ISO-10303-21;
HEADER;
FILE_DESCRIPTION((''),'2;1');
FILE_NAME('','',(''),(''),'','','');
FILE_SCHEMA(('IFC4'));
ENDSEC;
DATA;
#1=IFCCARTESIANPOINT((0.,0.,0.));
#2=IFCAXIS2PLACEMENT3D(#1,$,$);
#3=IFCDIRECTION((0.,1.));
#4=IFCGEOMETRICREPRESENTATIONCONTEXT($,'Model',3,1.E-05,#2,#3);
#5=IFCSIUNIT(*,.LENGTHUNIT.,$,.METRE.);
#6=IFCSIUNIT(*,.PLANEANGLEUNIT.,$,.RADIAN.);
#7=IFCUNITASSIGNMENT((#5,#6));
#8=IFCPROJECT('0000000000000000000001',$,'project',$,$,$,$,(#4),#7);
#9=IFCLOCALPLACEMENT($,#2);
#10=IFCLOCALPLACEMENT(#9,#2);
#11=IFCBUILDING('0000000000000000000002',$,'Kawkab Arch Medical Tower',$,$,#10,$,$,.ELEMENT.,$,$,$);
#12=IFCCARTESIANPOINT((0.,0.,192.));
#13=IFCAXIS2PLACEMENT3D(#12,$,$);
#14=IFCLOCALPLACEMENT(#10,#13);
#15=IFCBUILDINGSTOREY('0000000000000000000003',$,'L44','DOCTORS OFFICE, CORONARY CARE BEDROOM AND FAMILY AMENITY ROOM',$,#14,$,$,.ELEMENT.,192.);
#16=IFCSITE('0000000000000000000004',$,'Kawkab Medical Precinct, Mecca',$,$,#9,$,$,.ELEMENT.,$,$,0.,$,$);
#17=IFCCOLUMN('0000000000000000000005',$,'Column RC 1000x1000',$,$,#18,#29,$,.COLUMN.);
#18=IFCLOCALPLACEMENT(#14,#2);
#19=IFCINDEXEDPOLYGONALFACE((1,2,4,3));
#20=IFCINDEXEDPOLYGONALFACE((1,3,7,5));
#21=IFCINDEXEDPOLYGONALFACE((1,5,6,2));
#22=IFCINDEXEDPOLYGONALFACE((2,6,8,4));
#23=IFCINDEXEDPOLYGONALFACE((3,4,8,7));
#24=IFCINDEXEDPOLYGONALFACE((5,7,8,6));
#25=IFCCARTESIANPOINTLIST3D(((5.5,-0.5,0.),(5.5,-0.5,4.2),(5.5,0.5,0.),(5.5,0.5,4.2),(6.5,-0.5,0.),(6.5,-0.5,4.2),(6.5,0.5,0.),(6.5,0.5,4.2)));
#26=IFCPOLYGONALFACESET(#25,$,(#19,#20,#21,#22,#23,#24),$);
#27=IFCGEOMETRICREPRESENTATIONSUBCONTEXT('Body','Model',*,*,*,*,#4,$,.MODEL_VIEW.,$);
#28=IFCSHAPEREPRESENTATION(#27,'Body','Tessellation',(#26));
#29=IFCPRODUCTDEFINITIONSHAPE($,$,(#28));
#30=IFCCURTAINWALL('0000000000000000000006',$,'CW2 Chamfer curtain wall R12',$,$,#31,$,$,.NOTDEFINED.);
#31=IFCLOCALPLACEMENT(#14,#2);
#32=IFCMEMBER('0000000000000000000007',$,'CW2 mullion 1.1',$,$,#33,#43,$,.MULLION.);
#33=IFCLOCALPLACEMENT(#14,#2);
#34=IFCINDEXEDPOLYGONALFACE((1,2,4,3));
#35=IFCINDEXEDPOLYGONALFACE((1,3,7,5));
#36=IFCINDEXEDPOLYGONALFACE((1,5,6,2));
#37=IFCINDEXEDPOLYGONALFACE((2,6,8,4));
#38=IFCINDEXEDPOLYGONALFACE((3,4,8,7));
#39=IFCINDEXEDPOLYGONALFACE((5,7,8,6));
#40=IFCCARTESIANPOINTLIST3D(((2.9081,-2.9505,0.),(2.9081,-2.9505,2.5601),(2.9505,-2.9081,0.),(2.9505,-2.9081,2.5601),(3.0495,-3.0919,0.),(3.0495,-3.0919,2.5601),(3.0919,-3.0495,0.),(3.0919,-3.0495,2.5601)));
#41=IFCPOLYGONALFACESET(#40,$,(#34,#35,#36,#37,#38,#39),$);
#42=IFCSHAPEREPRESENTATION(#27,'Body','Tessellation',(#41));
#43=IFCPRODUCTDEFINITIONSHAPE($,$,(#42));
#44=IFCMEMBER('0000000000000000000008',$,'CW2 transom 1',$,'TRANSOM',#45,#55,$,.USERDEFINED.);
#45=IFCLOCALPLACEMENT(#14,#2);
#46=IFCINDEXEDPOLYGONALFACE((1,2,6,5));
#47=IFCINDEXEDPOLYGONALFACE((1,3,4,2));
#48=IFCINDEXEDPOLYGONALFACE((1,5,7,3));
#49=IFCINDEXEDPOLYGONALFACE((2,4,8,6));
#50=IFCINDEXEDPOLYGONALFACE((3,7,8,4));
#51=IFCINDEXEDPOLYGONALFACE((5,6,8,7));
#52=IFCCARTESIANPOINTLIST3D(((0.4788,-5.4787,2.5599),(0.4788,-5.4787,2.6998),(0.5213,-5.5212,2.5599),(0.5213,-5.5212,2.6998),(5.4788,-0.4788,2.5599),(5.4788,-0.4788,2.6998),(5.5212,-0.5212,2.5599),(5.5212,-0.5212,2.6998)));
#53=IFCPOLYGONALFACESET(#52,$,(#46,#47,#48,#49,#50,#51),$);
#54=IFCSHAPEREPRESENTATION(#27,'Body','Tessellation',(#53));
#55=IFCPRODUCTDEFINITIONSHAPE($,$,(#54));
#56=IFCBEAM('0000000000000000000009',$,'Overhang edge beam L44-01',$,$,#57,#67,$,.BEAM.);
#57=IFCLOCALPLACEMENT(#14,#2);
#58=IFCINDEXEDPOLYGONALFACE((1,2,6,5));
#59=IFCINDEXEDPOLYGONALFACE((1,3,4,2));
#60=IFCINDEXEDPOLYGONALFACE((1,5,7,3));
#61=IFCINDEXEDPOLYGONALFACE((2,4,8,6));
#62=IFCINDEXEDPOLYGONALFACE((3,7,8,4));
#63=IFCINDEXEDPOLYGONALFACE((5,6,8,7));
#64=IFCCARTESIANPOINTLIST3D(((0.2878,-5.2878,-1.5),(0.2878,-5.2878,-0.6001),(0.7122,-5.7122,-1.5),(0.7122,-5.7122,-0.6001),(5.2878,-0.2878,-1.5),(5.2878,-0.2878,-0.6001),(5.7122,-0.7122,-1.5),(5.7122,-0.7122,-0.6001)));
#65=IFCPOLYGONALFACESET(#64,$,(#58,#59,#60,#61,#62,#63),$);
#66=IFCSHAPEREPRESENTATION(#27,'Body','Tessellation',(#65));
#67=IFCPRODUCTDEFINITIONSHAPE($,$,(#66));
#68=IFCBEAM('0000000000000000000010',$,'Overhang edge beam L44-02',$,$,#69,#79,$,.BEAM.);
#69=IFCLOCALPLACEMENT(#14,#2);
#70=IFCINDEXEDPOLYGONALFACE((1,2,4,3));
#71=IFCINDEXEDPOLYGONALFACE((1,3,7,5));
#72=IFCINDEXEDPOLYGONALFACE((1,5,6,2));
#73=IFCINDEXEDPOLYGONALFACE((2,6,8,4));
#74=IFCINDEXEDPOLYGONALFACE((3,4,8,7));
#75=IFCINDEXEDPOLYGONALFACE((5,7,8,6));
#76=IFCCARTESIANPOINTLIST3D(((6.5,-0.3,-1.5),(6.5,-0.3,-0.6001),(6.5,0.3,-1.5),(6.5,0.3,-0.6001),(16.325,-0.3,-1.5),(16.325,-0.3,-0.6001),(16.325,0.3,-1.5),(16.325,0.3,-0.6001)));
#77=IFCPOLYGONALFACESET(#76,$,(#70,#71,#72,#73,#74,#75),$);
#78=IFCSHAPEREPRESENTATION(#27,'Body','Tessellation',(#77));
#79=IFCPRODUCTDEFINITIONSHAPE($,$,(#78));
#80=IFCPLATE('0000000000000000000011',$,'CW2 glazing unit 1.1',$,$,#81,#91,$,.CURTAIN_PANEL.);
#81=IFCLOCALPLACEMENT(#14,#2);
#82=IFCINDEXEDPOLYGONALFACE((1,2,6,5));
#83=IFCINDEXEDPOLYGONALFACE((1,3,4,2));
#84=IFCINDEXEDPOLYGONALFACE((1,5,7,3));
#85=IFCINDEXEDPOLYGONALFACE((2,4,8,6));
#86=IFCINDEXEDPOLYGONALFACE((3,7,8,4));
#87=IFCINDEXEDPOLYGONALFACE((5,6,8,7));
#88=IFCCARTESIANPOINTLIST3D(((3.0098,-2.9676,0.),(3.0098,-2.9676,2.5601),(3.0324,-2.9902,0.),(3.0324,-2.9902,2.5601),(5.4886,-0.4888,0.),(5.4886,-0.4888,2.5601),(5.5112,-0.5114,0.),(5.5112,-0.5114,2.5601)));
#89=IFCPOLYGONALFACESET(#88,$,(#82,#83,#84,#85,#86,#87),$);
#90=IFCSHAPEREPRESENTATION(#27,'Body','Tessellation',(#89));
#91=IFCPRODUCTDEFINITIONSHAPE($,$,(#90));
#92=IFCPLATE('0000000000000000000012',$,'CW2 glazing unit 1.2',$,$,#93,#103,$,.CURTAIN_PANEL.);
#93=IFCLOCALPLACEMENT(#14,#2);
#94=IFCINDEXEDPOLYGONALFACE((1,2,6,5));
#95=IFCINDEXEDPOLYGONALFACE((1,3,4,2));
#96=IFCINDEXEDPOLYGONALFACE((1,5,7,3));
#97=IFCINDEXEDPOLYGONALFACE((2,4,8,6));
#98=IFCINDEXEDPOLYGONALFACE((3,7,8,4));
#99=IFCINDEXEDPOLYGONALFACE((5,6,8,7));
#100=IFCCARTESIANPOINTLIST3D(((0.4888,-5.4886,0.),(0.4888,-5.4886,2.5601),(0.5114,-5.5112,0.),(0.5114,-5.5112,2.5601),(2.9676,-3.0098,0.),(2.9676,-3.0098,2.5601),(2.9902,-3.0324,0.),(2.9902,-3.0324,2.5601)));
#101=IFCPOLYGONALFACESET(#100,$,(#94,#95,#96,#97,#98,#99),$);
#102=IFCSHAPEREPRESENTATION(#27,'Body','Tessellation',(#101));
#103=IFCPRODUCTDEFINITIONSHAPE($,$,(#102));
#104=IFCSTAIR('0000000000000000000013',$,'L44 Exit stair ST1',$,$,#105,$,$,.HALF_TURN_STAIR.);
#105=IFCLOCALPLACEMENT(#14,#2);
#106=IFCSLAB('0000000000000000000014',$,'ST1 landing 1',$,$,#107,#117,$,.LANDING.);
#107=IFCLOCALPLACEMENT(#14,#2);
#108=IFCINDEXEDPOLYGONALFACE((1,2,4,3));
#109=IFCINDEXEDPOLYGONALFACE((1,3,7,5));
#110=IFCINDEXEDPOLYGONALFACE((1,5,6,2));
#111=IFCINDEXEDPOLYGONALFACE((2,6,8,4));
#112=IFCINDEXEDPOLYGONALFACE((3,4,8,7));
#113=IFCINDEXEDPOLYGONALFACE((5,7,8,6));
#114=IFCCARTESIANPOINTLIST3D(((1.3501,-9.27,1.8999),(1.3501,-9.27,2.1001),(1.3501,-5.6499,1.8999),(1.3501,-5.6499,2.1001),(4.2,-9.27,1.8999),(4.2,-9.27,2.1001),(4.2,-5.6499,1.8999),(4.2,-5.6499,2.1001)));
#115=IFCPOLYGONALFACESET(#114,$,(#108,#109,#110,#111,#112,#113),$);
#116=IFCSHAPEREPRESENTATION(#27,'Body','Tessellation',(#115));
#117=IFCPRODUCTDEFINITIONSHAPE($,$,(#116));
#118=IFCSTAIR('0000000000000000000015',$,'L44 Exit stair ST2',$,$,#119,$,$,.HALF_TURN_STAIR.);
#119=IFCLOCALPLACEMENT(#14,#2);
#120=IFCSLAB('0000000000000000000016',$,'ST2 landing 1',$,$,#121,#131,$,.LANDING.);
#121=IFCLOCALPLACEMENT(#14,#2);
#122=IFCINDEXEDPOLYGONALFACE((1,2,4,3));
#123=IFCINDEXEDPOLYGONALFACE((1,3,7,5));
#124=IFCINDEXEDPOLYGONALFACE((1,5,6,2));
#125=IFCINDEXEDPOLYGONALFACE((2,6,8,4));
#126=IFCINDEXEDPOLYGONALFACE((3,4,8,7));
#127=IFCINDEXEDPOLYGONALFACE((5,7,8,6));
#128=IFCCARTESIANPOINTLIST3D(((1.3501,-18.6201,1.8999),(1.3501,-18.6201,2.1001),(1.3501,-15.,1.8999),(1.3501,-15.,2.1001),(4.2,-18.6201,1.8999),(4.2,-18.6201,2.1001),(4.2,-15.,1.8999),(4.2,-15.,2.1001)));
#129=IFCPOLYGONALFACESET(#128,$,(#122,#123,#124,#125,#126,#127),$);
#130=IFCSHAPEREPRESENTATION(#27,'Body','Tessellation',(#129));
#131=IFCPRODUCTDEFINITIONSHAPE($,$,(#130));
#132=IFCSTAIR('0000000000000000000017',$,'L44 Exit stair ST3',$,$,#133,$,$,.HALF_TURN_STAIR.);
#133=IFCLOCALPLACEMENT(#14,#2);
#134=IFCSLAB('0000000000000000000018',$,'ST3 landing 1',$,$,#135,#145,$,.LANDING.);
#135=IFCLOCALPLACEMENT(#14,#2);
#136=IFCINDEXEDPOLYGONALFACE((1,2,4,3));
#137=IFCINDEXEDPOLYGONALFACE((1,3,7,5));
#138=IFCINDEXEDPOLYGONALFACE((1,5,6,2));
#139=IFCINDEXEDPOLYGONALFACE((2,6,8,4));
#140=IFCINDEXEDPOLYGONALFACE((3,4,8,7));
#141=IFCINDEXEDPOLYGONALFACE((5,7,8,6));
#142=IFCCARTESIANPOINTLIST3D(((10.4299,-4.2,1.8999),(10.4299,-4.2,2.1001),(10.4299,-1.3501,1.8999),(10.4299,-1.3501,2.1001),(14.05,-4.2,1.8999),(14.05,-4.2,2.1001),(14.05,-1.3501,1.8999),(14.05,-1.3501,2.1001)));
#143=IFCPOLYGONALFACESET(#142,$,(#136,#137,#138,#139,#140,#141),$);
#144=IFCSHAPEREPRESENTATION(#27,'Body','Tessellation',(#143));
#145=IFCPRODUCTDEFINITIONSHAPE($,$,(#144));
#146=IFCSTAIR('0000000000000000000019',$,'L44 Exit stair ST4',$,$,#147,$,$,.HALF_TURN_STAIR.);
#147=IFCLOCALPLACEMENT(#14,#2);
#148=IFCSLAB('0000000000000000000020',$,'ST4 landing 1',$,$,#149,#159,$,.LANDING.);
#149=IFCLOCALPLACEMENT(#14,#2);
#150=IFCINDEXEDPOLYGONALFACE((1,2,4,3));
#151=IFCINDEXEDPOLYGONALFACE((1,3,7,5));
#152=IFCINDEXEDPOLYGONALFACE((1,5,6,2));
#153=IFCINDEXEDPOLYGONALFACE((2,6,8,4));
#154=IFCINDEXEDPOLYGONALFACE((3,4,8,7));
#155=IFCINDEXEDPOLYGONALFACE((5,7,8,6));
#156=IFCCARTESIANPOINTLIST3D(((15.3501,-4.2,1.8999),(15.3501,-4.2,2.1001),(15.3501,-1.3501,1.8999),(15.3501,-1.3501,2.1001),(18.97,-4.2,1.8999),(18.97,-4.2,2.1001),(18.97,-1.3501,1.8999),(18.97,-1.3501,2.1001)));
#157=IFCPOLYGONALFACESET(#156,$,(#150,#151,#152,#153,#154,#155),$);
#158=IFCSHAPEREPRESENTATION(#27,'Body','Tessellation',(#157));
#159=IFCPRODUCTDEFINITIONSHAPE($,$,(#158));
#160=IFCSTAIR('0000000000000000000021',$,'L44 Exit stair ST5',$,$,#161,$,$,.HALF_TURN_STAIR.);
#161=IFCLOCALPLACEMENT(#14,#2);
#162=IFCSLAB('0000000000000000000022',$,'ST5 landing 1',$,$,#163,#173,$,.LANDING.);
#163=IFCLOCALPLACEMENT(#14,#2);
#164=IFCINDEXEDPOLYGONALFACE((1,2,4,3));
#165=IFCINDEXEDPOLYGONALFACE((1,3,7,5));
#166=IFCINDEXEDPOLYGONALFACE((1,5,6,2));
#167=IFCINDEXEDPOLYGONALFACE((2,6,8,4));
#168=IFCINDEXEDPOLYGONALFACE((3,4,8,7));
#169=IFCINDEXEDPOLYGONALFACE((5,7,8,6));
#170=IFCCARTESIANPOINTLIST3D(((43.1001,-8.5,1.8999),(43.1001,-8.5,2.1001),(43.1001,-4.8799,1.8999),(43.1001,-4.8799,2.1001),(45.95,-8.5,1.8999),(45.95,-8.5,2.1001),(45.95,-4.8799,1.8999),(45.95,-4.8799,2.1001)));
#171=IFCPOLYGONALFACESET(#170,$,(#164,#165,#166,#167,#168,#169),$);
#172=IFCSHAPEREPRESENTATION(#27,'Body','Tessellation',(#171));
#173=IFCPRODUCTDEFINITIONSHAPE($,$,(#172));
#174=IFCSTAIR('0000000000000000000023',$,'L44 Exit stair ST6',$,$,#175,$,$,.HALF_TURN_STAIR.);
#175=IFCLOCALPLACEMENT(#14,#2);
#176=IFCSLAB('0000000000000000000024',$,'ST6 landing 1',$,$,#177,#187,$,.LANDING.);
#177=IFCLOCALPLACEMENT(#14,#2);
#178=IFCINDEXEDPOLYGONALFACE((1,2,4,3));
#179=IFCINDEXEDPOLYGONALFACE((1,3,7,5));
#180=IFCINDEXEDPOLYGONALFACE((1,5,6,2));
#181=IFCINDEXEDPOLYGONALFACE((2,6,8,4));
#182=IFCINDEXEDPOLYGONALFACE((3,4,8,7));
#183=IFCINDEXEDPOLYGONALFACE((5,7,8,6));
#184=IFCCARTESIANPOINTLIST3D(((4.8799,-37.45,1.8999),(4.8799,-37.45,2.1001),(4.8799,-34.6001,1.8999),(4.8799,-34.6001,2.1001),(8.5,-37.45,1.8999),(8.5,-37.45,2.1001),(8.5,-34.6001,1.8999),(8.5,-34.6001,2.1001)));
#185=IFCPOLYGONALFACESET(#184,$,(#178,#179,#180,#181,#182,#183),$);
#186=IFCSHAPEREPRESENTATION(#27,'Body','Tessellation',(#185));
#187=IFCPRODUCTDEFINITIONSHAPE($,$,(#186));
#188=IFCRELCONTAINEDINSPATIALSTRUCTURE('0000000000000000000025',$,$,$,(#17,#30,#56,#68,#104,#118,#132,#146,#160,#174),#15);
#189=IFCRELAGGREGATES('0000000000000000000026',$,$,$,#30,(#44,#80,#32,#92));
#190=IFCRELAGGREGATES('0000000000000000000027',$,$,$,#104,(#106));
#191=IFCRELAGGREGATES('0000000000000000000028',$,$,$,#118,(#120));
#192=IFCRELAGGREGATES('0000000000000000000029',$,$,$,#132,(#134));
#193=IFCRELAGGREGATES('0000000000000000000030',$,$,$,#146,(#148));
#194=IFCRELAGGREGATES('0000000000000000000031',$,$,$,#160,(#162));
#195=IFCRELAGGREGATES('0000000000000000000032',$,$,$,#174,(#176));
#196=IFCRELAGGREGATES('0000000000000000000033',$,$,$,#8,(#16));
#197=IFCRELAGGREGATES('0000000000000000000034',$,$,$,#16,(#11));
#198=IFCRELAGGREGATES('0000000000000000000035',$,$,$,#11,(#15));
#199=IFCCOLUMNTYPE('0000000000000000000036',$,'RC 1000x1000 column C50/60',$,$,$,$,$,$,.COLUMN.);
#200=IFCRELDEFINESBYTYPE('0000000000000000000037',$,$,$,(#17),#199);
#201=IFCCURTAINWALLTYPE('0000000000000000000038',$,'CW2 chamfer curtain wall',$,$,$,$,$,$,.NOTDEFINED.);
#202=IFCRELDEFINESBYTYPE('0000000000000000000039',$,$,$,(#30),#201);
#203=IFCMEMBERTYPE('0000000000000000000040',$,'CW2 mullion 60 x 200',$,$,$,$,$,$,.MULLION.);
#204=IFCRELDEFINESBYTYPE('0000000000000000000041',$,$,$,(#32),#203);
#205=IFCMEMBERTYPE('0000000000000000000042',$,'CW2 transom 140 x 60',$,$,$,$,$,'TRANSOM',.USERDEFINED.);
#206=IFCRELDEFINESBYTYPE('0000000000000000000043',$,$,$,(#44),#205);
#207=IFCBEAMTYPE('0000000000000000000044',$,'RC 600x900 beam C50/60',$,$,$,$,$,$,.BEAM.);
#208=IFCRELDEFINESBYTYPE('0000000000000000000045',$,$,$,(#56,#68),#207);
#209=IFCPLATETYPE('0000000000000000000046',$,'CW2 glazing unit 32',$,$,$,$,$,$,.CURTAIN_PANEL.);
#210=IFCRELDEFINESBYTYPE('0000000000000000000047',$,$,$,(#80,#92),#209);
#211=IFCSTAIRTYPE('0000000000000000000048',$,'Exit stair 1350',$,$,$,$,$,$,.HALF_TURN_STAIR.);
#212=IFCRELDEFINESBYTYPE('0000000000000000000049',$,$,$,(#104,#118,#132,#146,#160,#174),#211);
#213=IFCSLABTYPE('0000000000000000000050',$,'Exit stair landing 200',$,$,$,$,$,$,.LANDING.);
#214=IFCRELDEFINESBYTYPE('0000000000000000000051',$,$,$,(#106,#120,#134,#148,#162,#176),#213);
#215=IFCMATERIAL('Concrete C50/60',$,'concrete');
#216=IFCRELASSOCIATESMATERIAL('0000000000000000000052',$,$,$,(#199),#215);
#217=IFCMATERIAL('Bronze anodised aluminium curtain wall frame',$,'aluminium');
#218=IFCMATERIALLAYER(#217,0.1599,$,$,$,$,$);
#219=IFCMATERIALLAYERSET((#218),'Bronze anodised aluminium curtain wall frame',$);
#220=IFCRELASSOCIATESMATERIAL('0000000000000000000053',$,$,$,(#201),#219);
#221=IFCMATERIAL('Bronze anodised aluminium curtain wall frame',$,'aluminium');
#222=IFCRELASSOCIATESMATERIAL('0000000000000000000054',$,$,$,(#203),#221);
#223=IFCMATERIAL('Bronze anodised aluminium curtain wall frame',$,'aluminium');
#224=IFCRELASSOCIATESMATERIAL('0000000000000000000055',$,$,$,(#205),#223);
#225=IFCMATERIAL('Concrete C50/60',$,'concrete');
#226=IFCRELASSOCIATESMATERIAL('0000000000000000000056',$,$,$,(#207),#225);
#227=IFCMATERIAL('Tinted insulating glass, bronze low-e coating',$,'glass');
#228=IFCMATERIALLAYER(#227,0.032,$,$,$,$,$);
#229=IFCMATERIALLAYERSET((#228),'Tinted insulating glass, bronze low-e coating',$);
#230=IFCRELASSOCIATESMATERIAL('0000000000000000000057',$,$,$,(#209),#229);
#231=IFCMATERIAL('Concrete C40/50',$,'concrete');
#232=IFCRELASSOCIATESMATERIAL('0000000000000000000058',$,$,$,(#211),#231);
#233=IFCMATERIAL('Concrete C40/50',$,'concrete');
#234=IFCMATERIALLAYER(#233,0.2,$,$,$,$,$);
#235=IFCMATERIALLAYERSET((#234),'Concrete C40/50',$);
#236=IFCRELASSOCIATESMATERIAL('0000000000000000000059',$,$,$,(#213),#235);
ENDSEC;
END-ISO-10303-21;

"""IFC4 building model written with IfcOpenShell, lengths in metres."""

from ifc_helpers import new_model, si_unit, direction, frame, origin, origin_2d, place, context, subcontext, project, spatial, polyline, rectangle, outline, extrude, material, layer, layer_set, material_profile, profile_set, type_object, element, aggregate, save


model = new_model("IFC4")

# Units and contexts
model_context = context("Model", 3, precision=1e-05, world=origin(), true_north=direction((0.0, 1.0)))
body_context = subcontext(model_context, "Body", "Model", "MODEL_VIEW")
ifc_project = project(units=[si_unit("LENGTHUNIT", "METRE"), si_unit("PLANEANGLEUNIT", "RADIAN")], contexts=[model_context])

# Site, building, storey
site_placement = place(None, origin())
site = spatial("IfcSite", under=ifc_project, at=site_placement, Name="Kawkab Medical Precinct, Mecca", CompositionType="ELEMENT", RefElevation=0.0)
building_placement = place(site_placement, origin())
building = spatial("IfcBuilding", under=site, at=building_placement, Name="Kawkab Arch Medical Tower", CompositionType="ELEMENT")
storey_placement = place(building_placement, frame((0.0, 0.0, 192.0)))
storey = spatial("IfcBuildingStorey", under=building, at=storey_placement, Name="L44", Description="DOCTORS OFFICE, CORONARY CARE BEDROOM AND FAMILY AMENITY ROOM", CompositionType="ELEMENT", Elevation=192.0)

# Column
ifc_material_1 = material(Name="Concrete C50/60", Category="concrete")
ifc_material_profile_1 = material_profile(ifc_material_1, rectangle(XDim=1.0, YDim=1.0, at=origin_2d()), Name="RC 1000x1000")
ifc_profile_set_1 = profile_set([ifc_material_profile_1], Name="Concrete C50/60")
column_type = type_object("IfcColumnType", Name="RC 1000x1000 column C50/60", PredefinedType="COLUMN", material=ifc_profile_set_1)
column_placement = place(storey_placement, frame((6.0, 0.0, 0.0), z_axis=(0.0, 0.0, 1.0), x_axis=(1.0, 0.0, 0.0)))
element("IfcColumn", 1, at=column_placement, inside=storey, type_object=column_type, Name="Column RC 1000x1000", PredefinedType="COLUMN", context=body_context, shape_type="SweptSolid", body=[
    extrude(rectangle(XDim=1.0, YDim=1.0, at=origin_2d()), origin(), (0.0, 0.0, 1.0), 4.2),
])

# Curtain wall, members
ifc_material_2 = material(Name="Bronze anodised aluminium curtain wall frame", Category="aluminium")
ifc_layer_1 = layer(ifc_material_2, 0.1599)
ifc_layer_set_1 = layer_set([ifc_layer_1], Name="Bronze anodised aluminium curtain wall frame")
curtain_wall_type = type_object("IfcCurtainWallType", Name="CW2 chamfer curtain wall", PredefinedType="NOTDEFINED", material=ifc_layer_set_1)
placement_1 = place(storey_placement, origin())
curtain_wall = element("IfcCurtainWall", 2, at=placement_1, inside=storey, type_object=curtain_wall_type, Name="CW2 Chamfer curtain wall R12", PredefinedType="NOTDEFINED")
ifc_material_3 = material(Name="Bronze anodised aluminium curtain wall frame", Category="aluminium")
ifc_material_profile_2 = material_profile(ifc_material_3, rectangle(XDim=0.2, YDim=0.0601, at=origin_2d()), Name="AL 60x200")
ifc_profile_set_2 = profile_set([ifc_material_profile_2], Name="Bronze anodised aluminium curtain wall frame")
member_type_1 = type_object("IfcMemberType", Name="CW2 mullion 60 x 200", PredefinedType="MULLION", material=ifc_profile_set_2)
member_1_placement = place(storey_placement, frame((3.0, -3.0, 0.0), z_axis=(0.0, 0.0, 1.0), x_axis=(0.707107, -0.707107, 0.0)))
member_1 = element("IfcMember", 3, at=member_1_placement, type_object=member_type_1, Name="CW2 mullion 1.1", PredefinedType="MULLION", context=body_context, shape_type="SweptSolid", body=[
    extrude(rectangle(XDim=0.2, YDim=0.0601, at=origin_2d()), origin(), (0.0, 0.0, 1.0), 2.5601),
])
ifc_material_4 = material(Name="Bronze anodised aluminium curtain wall frame", Category="aluminium")
ifc_material_profile_3 = material_profile(ifc_material_4, rectangle(XDim=0.0601, YDim=0.1399, at=origin_2d()), Name="AL 60x140")
ifc_profile_set_3 = profile_set([ifc_material_profile_3], Name="Bronze anodised aluminium curtain wall frame")
member_type_2 = type_object("IfcMemberType", Name="CW2 transom 140 x 60", ElementType="TRANSOM", PredefinedType="USERDEFINED", material=ifc_profile_set_3)
member_2_placement = place(storey_placement, frame((5.5, -0.5, 2.6299), z_axis=(-0.707107, -0.707107, 0.0), x_axis=(0.707107, -0.707107, 0.0)))
member_2 = element("IfcMember", 4, at=member_2_placement, type_object=member_type_2, Name="CW2 transom 1", ObjectType="TRANSOM", PredefinedType="USERDEFINED", context=body_context, shape_type="SweptSolid", body=[
    extrude(rectangle(XDim=0.0601, YDim=0.1399, at=origin_2d()), origin(), (0.0, 0.0, 1.0), 7.071),
])

# Beams
ifc_material_5 = material(Name="Concrete C50/60", Category="concrete")
ifc_material_profile_4 = material_profile(ifc_material_5, rectangle(XDim=0.6001, YDim=0.8999, at=origin_2d()), Name="RC 600x900")
ifc_profile_set_4 = profile_set([ifc_material_profile_4], Name="Concrete C50/60")
beam_type = type_object("IfcBeamType", Name="RC 600x900 beam C50/60", PredefinedType="BEAM", material=ifc_profile_set_4)
beam_1_placement = place(storey_placement, frame((0.5, -5.5, -1.05), z_axis=(0.707107, 0.707107, 0.0), x_axis=(-0.707107, 0.707107, 0.0)))
element("IfcBeam", 5, at=beam_1_placement, inside=storey, type_object=beam_type, Name="Overhang edge beam L44-01", PredefinedType="BEAM", context=body_context, shape_type="SweptSolid", body=[
    extrude(rectangle(XDim=0.6001, YDim=0.8999, at=origin_2d()), origin(), (0.0, 0.0, 1.0), 7.071),
])
beam_2_placement = place(storey_placement, frame((6.5, 0.0, -1.05), z_axis=(1.0, 0.0, 0.0), x_axis=(0.0, 1.0, 0.0)))
element("IfcBeam", 6, at=beam_2_placement, inside=storey, type_object=beam_type, Name="Overhang edge beam L44-02", PredefinedType="BEAM", context=body_context, shape_type="SweptSolid", body=[
    extrude(rectangle(XDim=0.6001, YDim=0.8999, at=origin_2d()), origin(), (0.0, 0.0, 1.0), 9.825),
])

# Plates
ifc_material_6 = material(Name="Tinted insulating glass, bronze low-e coating", Category="glass")
ifc_layer_2 = layer(ifc_material_6, 0.032)
ifc_layer_set_2 = layer_set([ifc_layer_2], Name="Tinted insulating glass, bronze low-e coating")
plate_type = type_object("IfcPlateType", Name="CW2 glazing unit 32", PredefinedType="CURTAIN_PANEL", material=ifc_layer_set_2)
plate_1_placement = place(storey_placement, frame((4.2605, -1.7395, 0.0), z_axis=(0.0, 0.0, 1.0), x_axis=(-0.707107, -0.707107, 0.0)))
plate_1 = element("IfcPlate", 7, at=plate_1_placement, type_object=plate_type, Name="CW2 glazing unit 1.1", PredefinedType="CURTAIN_PANEL", context=body_context, shape_type="SweptSolid", body=[
    extrude(rectangle(XDim=3.5056, YDim=0.032, at=origin_2d()), origin(), (0.0, 0.0, 1.0), 2.5601),
])
plate_2_placement = place(storey_placement, frame((1.7395, -4.2605, 0.0), z_axis=(0.0, 0.0, 1.0), x_axis=(-0.707107, -0.707107, 0.0)))
plate_2 = element("IfcPlate", 8, at=plate_2_placement, type_object=plate_type, Name="CW2 glazing unit 1.2", PredefinedType="CURTAIN_PANEL", context=body_context, shape_type="SweptSolid", body=[
    extrude(rectangle(XDim=3.5056, YDim=0.032, at=origin_2d()), origin(), (0.0, 0.0, 1.0), 2.5601),
])
aggregate(curtain_wall, [member_2, plate_1, member_1, plate_2])

# Stairs, slabs
ifc_material_7 = material(Name="Concrete C40/50", Category="concrete")
stair_type = type_object("IfcStairType", Name="Exit stair 1350", PredefinedType="HALF_TURN_STAIR", material=ifc_material_7)
stair_1 = element("IfcStair", 9, at=placement_1, inside=storey, type_object=stair_type, Name="L44 Exit stair ST1", PredefinedType="HALF_TURN_STAIR")
ifc_material_8 = material(Name="Concrete C40/50", Category="concrete")
ifc_layer_3 = layer(ifc_material_8, 0.2)
ifc_layer_set_3 = layer_set([ifc_layer_3], Name="Concrete C40/50")
slab_type_1 = type_object("IfcSlabType", Name="Exit stair landing 200", PredefinedType="LANDING", material=ifc_layer_set_3)
placement_2 = place(storey_placement, frame((0.0, 0.0, 1.8999)))
slab_1 = element("IfcSlab", 10, at=placement_2, type_object=slab_type_1, Name="ST1 landing 1", PredefinedType="LANDING", context=body_context, shape_type="SweptSolid", body=[
    extrude(outline(polyline([(4.2, -9.27), (4.2, -5.6499), (1.3501, -5.6499), (1.3501, -9.27), (4.2, -9.27)])), origin(), (0.0, 0.0, 1.0), 0.2002),
])
aggregate(stair_1, [slab_1])
stair_2 = element("IfcStair", 11, at=placement_1, inside=storey, type_object=stair_type, Name="L44 Exit stair ST2", PredefinedType="HALF_TURN_STAIR")
slab_2 = element("IfcSlab", 12, at=placement_2, type_object=slab_type_1, Name="ST2 landing 1", PredefinedType="LANDING", context=body_context, shape_type="SweptSolid", body=[
    extrude(outline(polyline([(4.2, -18.6201), (4.2, -15.0), (1.3501, -15.0), (1.3501, -18.6201), (4.2, -18.6201)])), origin(), (0.0, 0.0, 1.0), 0.2002),
])
aggregate(stair_2, [slab_2])
stair_3 = element("IfcStair", 13, at=placement_1, inside=storey, type_object=stair_type, Name="L44 Exit stair ST3", PredefinedType="HALF_TURN_STAIR")
slab_3 = element("IfcSlab", 14, at=placement_2, type_object=slab_type_1, Name="ST3 landing 1", PredefinedType="LANDING", context=body_context, shape_type="SweptSolid", body=[
    extrude(outline(polyline([(10.4299, -4.2), (14.05, -4.2), (14.05, -1.3501), (10.4299, -1.3501), (10.4299, -4.2)])), origin(), (0.0, 0.0, 1.0), 0.2002),
])
aggregate(stair_3, [slab_3])
stair_4 = element("IfcStair", 15, at=placement_1, inside=storey, type_object=stair_type, Name="L44 Exit stair ST4", PredefinedType="HALF_TURN_STAIR")
slab_4 = element("IfcSlab", 16, at=placement_2, type_object=slab_type_1, Name="ST4 landing 1", PredefinedType="LANDING", context=body_context, shape_type="SweptSolid", body=[
    extrude(outline(polyline([(18.97, -1.3501), (15.3501, -1.3501), (15.3501, -4.2), (18.97, -4.2), (18.97, -1.3501)])), origin(), (0.0, 0.0, 1.0), 0.2002),
])
aggregate(stair_4, [slab_4])
stair_5 = element("IfcStair", 17, at=placement_1, inside=storey, type_object=stair_type, Name="L44 Exit stair ST5", PredefinedType="HALF_TURN_STAIR")
slab_5 = element("IfcSlab", 18, at=placement_2, type_object=slab_type_1, Name="ST5 landing 1", PredefinedType="LANDING", context=body_context, shape_type="SweptSolid", body=[
    extrude(outline(polyline([(43.1001, -4.8799), (43.1001, -8.5), (45.95, -8.5), (45.95, -4.8799), (43.1001, -4.8799)])), origin(), (0.0, 0.0, 1.0), 0.2002),
])
aggregate(stair_5, [slab_5])
stair_6 = element("IfcStair", 19, at=placement_1, inside=storey, type_object=stair_type, Name="L44 Exit stair ST6", PredefinedType="HALF_TURN_STAIR")
slab_6 = element("IfcSlab", 20, at=placement_2, type_object=slab_type_1, Name="ST6 landing 1", PredefinedType="LANDING", context=body_context, shape_type="SweptSolid", body=[
    extrude(outline(polyline([(4.8799, -37.45), (8.5, -37.45), (8.5, -34.6001), (4.8799, -34.6001), (4.8799, -37.45)])), origin(), (0.0, 0.0, 1.0), 0.2002),
])
aggregate(stair_6, [slab_6])

save(model, "model.ifc")
